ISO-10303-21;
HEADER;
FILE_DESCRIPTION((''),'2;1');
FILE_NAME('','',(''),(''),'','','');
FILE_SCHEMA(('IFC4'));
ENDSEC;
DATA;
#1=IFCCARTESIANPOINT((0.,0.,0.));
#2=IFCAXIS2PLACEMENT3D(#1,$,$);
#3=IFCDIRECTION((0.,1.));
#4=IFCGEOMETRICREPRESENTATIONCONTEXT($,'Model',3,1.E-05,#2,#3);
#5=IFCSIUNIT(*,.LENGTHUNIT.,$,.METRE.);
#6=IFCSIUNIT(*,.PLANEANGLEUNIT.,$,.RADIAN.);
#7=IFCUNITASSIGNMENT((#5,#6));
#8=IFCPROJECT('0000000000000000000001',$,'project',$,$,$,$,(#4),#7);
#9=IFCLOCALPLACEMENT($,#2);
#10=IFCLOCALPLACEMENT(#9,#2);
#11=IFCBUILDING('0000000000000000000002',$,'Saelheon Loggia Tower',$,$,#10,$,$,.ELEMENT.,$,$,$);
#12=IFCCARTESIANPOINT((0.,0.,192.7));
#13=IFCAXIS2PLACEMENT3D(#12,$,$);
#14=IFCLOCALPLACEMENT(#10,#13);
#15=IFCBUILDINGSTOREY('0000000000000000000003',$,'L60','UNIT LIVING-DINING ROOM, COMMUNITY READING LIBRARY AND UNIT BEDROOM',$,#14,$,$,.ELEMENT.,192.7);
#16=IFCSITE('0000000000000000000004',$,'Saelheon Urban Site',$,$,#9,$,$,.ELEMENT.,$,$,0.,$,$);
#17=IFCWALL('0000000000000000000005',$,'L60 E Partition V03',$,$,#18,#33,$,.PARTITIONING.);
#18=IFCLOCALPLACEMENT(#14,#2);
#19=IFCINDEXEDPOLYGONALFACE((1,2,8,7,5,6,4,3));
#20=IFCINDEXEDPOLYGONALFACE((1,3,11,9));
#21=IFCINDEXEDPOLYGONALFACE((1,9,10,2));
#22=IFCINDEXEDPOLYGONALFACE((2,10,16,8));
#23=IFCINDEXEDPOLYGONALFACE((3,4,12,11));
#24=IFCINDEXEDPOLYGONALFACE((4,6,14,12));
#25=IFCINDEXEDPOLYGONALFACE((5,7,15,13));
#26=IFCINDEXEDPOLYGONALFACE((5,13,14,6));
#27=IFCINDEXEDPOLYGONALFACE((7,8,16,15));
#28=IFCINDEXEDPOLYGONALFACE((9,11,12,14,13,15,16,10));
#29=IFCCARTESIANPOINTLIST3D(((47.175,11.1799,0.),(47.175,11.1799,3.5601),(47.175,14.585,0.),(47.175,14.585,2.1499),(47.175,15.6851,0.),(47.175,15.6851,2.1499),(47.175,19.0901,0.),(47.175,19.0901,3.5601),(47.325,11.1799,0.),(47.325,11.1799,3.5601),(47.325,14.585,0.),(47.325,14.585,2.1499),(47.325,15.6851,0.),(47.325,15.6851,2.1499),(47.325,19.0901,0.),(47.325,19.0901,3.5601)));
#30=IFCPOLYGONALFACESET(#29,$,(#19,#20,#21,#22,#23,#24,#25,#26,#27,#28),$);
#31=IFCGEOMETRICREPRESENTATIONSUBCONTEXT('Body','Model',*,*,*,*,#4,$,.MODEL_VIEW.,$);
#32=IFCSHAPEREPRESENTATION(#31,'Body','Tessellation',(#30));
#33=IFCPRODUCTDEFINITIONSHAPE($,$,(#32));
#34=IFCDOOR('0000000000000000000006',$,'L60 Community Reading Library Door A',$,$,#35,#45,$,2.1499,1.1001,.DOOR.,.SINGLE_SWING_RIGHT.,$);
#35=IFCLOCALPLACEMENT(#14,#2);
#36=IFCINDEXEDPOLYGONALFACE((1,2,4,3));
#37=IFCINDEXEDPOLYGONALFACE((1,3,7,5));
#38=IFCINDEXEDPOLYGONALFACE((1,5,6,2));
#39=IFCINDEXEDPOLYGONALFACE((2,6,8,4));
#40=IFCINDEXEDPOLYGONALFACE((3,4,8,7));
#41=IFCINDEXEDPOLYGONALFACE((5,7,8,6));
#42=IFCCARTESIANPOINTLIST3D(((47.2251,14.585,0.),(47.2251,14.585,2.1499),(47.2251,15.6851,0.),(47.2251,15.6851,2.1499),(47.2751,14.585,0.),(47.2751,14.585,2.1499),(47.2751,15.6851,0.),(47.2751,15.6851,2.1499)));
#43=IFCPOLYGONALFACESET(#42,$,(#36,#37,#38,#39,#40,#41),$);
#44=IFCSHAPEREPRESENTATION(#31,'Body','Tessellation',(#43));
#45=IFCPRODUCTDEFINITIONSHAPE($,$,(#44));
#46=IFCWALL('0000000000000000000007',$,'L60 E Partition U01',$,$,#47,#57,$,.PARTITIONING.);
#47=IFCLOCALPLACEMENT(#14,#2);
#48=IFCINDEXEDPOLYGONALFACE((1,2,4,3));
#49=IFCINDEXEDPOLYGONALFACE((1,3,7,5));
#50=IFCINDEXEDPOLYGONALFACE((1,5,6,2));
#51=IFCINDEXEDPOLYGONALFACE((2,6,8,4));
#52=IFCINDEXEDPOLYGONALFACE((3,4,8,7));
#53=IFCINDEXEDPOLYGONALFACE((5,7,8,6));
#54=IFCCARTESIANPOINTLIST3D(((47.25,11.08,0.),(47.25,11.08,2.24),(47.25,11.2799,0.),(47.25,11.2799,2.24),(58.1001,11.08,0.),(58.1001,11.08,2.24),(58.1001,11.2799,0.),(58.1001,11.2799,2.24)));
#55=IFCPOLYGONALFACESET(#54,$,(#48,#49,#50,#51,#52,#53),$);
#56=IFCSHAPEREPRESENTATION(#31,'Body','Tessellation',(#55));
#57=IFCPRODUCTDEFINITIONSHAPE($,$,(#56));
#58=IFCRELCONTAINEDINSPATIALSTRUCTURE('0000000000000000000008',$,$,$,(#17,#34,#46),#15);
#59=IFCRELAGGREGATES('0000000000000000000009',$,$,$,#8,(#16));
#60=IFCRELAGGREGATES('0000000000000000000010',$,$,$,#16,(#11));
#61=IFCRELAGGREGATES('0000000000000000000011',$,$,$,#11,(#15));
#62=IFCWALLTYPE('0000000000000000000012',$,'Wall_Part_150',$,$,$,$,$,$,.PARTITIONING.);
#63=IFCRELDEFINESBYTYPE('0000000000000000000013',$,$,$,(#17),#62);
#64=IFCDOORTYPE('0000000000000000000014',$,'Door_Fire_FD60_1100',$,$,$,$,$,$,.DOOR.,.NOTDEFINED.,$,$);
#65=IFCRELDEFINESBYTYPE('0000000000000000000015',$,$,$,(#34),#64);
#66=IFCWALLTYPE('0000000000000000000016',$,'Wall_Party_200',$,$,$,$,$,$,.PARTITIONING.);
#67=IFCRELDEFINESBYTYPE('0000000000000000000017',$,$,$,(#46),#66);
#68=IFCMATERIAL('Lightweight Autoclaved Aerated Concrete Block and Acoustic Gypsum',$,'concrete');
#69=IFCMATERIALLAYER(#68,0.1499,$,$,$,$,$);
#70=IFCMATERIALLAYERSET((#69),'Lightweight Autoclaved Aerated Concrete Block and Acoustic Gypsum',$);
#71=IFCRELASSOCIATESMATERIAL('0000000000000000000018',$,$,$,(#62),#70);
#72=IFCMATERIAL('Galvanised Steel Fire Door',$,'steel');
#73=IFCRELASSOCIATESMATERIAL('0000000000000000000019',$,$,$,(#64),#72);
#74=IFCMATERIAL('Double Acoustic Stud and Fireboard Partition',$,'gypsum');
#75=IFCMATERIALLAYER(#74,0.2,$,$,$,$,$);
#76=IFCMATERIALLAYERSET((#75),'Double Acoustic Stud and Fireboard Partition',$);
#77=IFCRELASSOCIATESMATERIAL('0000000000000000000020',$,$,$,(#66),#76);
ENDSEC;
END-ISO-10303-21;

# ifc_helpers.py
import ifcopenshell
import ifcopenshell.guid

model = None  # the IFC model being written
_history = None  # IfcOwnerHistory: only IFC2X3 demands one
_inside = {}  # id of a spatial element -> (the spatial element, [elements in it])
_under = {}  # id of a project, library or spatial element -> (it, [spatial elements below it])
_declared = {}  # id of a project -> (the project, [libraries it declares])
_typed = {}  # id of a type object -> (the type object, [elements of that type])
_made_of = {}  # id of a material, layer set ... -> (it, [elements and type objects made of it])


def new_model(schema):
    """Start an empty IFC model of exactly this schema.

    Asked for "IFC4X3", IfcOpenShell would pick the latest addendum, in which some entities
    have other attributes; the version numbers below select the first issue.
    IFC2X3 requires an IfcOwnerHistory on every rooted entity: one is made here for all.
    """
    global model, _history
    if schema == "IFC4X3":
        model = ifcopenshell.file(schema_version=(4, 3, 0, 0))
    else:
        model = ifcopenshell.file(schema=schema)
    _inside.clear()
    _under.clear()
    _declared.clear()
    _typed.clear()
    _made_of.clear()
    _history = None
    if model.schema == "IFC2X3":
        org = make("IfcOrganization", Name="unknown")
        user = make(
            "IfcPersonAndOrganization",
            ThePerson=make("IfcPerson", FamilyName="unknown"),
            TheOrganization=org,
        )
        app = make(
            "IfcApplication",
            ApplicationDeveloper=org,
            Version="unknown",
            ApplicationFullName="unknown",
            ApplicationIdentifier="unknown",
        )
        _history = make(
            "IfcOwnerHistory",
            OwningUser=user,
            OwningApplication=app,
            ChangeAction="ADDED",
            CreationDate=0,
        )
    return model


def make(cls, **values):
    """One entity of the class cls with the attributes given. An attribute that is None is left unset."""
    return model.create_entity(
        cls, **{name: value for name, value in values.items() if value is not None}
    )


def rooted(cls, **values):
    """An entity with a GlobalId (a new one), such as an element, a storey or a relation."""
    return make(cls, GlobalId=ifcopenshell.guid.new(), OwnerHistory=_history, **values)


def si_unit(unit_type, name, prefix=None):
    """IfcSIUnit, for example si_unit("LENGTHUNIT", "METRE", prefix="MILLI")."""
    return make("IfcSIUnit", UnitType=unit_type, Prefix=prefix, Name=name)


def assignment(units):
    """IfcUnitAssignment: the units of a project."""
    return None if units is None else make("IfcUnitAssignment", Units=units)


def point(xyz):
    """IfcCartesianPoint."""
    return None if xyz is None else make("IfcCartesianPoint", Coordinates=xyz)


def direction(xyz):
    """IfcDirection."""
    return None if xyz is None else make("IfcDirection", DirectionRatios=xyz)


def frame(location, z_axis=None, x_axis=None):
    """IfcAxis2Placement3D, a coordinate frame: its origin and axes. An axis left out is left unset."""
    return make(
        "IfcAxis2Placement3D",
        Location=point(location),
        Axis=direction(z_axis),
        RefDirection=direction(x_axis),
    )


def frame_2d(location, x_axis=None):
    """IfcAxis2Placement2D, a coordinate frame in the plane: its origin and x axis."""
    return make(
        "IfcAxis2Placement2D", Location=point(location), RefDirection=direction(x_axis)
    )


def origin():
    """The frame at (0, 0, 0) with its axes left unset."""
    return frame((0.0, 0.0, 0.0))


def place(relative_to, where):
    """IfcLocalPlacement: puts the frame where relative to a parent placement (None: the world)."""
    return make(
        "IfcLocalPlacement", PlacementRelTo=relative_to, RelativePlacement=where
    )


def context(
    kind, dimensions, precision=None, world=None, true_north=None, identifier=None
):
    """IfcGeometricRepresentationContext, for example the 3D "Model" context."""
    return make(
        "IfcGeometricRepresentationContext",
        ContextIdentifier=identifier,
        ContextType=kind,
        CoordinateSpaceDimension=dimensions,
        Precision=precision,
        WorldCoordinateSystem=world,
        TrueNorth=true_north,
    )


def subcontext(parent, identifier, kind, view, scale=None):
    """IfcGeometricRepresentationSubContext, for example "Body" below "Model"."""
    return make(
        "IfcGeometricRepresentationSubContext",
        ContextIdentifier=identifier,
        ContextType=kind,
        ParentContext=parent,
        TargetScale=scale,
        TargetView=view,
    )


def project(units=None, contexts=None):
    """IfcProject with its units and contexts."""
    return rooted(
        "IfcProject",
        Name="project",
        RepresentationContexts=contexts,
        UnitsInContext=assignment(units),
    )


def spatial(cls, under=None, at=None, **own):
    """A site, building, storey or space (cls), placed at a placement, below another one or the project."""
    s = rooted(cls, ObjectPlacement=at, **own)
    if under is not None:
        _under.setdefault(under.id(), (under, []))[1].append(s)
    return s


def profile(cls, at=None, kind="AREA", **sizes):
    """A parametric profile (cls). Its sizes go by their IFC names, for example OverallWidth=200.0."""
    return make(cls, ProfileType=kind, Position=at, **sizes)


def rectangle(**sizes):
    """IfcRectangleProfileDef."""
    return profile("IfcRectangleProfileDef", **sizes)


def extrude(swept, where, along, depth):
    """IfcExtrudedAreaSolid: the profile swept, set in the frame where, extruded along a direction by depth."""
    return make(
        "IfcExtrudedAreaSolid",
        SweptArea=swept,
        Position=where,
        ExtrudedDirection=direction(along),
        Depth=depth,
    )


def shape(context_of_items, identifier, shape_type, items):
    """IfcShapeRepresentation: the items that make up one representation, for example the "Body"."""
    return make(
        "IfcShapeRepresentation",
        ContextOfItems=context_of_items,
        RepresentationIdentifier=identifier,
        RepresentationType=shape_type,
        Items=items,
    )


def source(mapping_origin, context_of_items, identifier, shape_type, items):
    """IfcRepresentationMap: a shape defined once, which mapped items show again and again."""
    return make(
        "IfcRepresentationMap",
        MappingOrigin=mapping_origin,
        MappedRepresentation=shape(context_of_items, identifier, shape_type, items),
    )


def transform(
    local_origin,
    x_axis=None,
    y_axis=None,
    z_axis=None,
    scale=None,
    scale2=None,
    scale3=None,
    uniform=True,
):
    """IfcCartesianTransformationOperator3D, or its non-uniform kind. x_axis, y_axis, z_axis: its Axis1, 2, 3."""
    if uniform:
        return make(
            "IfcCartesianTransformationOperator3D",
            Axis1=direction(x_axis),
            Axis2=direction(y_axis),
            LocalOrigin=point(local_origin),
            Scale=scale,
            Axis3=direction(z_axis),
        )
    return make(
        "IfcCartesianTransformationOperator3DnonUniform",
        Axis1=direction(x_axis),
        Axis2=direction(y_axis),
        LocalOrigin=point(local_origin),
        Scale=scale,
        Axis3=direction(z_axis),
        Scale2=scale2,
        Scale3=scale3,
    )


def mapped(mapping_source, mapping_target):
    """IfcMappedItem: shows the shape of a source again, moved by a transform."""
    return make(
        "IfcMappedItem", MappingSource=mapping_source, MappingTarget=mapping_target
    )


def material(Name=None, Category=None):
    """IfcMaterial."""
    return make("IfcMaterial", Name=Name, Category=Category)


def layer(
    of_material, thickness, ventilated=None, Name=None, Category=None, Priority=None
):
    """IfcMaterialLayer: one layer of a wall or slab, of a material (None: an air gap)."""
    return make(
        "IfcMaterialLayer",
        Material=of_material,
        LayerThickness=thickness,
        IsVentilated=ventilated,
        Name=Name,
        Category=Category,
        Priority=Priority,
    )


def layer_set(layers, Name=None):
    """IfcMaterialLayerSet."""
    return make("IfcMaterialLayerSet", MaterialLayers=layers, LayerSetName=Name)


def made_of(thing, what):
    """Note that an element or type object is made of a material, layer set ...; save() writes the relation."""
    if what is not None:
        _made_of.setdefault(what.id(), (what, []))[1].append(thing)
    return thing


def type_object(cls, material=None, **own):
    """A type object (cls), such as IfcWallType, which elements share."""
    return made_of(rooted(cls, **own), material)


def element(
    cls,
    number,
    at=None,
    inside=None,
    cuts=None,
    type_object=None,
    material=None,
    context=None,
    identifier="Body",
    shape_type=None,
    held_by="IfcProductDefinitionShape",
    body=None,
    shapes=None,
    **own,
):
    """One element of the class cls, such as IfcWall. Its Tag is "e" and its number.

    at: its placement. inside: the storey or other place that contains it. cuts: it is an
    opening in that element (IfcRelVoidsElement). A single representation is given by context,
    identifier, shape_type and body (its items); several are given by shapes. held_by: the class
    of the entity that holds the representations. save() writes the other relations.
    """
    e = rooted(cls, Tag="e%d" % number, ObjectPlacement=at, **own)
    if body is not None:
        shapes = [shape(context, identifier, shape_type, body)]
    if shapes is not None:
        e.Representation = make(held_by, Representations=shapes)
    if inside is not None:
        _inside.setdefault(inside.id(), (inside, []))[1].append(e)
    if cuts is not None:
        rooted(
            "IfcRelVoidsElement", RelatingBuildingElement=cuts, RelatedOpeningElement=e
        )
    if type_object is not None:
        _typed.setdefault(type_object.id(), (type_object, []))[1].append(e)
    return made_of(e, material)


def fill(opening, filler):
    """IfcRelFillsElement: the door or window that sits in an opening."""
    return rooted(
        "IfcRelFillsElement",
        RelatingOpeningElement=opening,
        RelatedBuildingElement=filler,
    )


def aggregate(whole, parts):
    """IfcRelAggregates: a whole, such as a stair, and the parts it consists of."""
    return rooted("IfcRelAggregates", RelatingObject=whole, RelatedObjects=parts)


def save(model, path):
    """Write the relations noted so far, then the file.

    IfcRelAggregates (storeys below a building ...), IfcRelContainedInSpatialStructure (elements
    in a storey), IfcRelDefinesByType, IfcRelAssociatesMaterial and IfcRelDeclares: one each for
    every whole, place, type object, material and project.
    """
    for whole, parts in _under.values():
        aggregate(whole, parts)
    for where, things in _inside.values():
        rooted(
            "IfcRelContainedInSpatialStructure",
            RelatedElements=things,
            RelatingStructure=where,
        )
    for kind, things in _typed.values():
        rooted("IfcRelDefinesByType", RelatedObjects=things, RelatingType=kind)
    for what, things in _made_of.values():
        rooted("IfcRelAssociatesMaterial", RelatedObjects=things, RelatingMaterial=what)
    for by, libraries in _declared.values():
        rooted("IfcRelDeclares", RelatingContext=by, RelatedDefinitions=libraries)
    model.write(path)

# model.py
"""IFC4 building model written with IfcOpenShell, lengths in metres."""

from ifc_helpers import new_model, si_unit, direction, frame, frame_2d, origin, place, context, subcontext, project, spatial, rectangle, extrude, source, transform, mapped, material, layer, layer_set, type_object, element, fill, save


model = new_model("IFC4")

# Units and contexts
model_context = context("Model", 3, precision=1e-05, world=origin(), true_north=direction((0.0, 1.0)))
body_context = subcontext(model_context, "Body", "Model", "MODEL_VIEW")
ifc_project = project(units=[si_unit("LENGTHUNIT", "METRE"), si_unit("PLANEANGLEUNIT", "RADIAN")], contexts=[model_context])

# Site, building, storey
site_placement = place(None, origin())
site = spatial("IfcSite", under=ifc_project, at=site_placement, Name="Saelheon Urban Site", CompositionType="ELEMENT", RefElevation=0.0)
building_placement = place(site_placement, origin())
building = spatial("IfcBuilding", under=site, at=building_placement, Name="Saelheon Loggia Tower", CompositionType="ELEMENT")
storey_placement = place(building_placement, frame((0.0, 0.0, 192.7)))
storey = spatial("IfcBuildingStorey", under=building, at=storey_placement, Name="L60", Description="UNIT LIVING-DINING ROOM, COMMUNITY READING LIBRARY AND UNIT BEDROOM", CompositionType="ELEMENT", Elevation=192.7)

# Wall, opening, door
ifc_material_1 = material(Name="Lightweight Autoclaved Aerated Concrete Block and Acoustic Gypsum", Category="concrete")
ifc_layer_1 = layer(ifc_material_1, 0.1499)
ifc_layer_set_1 = layer_set([ifc_layer_1], Name="Lightweight Autoclaved Aerated Concrete Block and Acoustic Gypsum")
wall_type_1 = type_object("IfcWallType", Name="Wall_Part_150", PredefinedType="PARTITIONING", material=ifc_layer_set_1)
wall_1_placement = place(storey_placement, frame((47.25, 11.1799, 0.0), z_axis=(0.0, 0.0, 1.0), x_axis=(0.0, 1.0, 0.0)))
wall_1 = element("IfcWall", 1, at=wall_1_placement, inside=storey, type_object=wall_type_1, Name="L60 E Partition V03", PredefinedType="PARTITIONING", context=body_context, shape_type="SweptSolid", body=[
    extrude(rectangle(XDim=7.9102, YDim=0.1499, at=frame_2d((3.9551, 0.0))), origin(), (0.0, 0.0, 1.0), 3.5601),
])
opening_1_placement = place(wall_1_placement, frame((3.405, 0.0, 0.0)))
opening_1 = element("IfcOpeningElement", 2, at=opening_1_placement, cuts=wall_1, PredefinedType="OPENING", context=body_context, shape_type="SweptSolid", body=[
    extrude(rectangle(XDim=1.1001, YDim=2.1499, at=frame_2d((0.55, 1.075))), frame((0.0, 0.0869, 0.0), z_axis=(0.0, -1.0, 0.0), x_axis=(1.0, 0.0, 0.0)), (0.0, 0.0, 1.0), 0.1738),
])
ifc_material_2 = material(Name="Galvanised Steel Fire Door", Category="steel")
door_type_1 = type_object("IfcDoorType", Name="Door_Fire_FD60_1100", OperationType="NOTDEFINED", PredefinedType="DOOR", material=ifc_material_2)
shared_shape_1 = source(origin(), body_context, "Body", "SweptSolid", [
    extrude(rectangle(XDim=1.1001, YDim=2.1499, at=frame_2d((0.55, 1.075))), frame((0.0, 0.0249, 0.0), z_axis=(0.0, -1.0, 0.0), x_axis=(1.0, 0.0, 0.0)), (0.0, 0.0, 1.0), 0.05),
])
door_1_placement = place(opening_1_placement, origin())
door_1 = element("IfcDoor", 3, at=door_1_placement, inside=storey, type_object=door_type_1, Name="L60 Community Reading Library Door A", OperationType="SINGLE_SWING_RIGHT", OverallHeight=2.1499, OverallWidth=1.1001, PredefinedType="DOOR", context=body_context, shape_type="MappedRepresentation", body=[
    mapped(shared_shape_1, transform((0.0, 0.0, 0.0), scale=1.0)),
])
fill(opening_1, door_1)

# Wall
ifc_material_3 = material(Name="Double Acoustic Stud and Fireboard Partition", Category="gypsum")
ifc_layer_2 = layer(ifc_material_3, 0.2)
ifc_layer_set_2 = layer_set([ifc_layer_2], Name="Double Acoustic Stud and Fireboard Partition")
wall_type_2 = type_object("IfcWallType", Name="Wall_Party_200", PredefinedType="PARTITIONING", material=ifc_layer_set_2)
wall_2_placement = place(storey_placement, frame((47.25, 11.1799, 0.0), z_axis=(0.0, 0.0, 1.0), x_axis=(1.0, 0.0, 0.0)))
element("IfcWall", 4, at=wall_2_placement, inside=storey, type_object=wall_type_2, Name="L60 E Partition U01", PredefinedType="PARTITIONING", context=body_context, shape_type="SweptSolid", body=[
    extrude(rectangle(XDim=10.8501, YDim=0.2, at=frame_2d((5.425, 0.0))), origin(), (0.0, 0.0, 1.0), 2.24),
])

save(model, "model.ifc")
